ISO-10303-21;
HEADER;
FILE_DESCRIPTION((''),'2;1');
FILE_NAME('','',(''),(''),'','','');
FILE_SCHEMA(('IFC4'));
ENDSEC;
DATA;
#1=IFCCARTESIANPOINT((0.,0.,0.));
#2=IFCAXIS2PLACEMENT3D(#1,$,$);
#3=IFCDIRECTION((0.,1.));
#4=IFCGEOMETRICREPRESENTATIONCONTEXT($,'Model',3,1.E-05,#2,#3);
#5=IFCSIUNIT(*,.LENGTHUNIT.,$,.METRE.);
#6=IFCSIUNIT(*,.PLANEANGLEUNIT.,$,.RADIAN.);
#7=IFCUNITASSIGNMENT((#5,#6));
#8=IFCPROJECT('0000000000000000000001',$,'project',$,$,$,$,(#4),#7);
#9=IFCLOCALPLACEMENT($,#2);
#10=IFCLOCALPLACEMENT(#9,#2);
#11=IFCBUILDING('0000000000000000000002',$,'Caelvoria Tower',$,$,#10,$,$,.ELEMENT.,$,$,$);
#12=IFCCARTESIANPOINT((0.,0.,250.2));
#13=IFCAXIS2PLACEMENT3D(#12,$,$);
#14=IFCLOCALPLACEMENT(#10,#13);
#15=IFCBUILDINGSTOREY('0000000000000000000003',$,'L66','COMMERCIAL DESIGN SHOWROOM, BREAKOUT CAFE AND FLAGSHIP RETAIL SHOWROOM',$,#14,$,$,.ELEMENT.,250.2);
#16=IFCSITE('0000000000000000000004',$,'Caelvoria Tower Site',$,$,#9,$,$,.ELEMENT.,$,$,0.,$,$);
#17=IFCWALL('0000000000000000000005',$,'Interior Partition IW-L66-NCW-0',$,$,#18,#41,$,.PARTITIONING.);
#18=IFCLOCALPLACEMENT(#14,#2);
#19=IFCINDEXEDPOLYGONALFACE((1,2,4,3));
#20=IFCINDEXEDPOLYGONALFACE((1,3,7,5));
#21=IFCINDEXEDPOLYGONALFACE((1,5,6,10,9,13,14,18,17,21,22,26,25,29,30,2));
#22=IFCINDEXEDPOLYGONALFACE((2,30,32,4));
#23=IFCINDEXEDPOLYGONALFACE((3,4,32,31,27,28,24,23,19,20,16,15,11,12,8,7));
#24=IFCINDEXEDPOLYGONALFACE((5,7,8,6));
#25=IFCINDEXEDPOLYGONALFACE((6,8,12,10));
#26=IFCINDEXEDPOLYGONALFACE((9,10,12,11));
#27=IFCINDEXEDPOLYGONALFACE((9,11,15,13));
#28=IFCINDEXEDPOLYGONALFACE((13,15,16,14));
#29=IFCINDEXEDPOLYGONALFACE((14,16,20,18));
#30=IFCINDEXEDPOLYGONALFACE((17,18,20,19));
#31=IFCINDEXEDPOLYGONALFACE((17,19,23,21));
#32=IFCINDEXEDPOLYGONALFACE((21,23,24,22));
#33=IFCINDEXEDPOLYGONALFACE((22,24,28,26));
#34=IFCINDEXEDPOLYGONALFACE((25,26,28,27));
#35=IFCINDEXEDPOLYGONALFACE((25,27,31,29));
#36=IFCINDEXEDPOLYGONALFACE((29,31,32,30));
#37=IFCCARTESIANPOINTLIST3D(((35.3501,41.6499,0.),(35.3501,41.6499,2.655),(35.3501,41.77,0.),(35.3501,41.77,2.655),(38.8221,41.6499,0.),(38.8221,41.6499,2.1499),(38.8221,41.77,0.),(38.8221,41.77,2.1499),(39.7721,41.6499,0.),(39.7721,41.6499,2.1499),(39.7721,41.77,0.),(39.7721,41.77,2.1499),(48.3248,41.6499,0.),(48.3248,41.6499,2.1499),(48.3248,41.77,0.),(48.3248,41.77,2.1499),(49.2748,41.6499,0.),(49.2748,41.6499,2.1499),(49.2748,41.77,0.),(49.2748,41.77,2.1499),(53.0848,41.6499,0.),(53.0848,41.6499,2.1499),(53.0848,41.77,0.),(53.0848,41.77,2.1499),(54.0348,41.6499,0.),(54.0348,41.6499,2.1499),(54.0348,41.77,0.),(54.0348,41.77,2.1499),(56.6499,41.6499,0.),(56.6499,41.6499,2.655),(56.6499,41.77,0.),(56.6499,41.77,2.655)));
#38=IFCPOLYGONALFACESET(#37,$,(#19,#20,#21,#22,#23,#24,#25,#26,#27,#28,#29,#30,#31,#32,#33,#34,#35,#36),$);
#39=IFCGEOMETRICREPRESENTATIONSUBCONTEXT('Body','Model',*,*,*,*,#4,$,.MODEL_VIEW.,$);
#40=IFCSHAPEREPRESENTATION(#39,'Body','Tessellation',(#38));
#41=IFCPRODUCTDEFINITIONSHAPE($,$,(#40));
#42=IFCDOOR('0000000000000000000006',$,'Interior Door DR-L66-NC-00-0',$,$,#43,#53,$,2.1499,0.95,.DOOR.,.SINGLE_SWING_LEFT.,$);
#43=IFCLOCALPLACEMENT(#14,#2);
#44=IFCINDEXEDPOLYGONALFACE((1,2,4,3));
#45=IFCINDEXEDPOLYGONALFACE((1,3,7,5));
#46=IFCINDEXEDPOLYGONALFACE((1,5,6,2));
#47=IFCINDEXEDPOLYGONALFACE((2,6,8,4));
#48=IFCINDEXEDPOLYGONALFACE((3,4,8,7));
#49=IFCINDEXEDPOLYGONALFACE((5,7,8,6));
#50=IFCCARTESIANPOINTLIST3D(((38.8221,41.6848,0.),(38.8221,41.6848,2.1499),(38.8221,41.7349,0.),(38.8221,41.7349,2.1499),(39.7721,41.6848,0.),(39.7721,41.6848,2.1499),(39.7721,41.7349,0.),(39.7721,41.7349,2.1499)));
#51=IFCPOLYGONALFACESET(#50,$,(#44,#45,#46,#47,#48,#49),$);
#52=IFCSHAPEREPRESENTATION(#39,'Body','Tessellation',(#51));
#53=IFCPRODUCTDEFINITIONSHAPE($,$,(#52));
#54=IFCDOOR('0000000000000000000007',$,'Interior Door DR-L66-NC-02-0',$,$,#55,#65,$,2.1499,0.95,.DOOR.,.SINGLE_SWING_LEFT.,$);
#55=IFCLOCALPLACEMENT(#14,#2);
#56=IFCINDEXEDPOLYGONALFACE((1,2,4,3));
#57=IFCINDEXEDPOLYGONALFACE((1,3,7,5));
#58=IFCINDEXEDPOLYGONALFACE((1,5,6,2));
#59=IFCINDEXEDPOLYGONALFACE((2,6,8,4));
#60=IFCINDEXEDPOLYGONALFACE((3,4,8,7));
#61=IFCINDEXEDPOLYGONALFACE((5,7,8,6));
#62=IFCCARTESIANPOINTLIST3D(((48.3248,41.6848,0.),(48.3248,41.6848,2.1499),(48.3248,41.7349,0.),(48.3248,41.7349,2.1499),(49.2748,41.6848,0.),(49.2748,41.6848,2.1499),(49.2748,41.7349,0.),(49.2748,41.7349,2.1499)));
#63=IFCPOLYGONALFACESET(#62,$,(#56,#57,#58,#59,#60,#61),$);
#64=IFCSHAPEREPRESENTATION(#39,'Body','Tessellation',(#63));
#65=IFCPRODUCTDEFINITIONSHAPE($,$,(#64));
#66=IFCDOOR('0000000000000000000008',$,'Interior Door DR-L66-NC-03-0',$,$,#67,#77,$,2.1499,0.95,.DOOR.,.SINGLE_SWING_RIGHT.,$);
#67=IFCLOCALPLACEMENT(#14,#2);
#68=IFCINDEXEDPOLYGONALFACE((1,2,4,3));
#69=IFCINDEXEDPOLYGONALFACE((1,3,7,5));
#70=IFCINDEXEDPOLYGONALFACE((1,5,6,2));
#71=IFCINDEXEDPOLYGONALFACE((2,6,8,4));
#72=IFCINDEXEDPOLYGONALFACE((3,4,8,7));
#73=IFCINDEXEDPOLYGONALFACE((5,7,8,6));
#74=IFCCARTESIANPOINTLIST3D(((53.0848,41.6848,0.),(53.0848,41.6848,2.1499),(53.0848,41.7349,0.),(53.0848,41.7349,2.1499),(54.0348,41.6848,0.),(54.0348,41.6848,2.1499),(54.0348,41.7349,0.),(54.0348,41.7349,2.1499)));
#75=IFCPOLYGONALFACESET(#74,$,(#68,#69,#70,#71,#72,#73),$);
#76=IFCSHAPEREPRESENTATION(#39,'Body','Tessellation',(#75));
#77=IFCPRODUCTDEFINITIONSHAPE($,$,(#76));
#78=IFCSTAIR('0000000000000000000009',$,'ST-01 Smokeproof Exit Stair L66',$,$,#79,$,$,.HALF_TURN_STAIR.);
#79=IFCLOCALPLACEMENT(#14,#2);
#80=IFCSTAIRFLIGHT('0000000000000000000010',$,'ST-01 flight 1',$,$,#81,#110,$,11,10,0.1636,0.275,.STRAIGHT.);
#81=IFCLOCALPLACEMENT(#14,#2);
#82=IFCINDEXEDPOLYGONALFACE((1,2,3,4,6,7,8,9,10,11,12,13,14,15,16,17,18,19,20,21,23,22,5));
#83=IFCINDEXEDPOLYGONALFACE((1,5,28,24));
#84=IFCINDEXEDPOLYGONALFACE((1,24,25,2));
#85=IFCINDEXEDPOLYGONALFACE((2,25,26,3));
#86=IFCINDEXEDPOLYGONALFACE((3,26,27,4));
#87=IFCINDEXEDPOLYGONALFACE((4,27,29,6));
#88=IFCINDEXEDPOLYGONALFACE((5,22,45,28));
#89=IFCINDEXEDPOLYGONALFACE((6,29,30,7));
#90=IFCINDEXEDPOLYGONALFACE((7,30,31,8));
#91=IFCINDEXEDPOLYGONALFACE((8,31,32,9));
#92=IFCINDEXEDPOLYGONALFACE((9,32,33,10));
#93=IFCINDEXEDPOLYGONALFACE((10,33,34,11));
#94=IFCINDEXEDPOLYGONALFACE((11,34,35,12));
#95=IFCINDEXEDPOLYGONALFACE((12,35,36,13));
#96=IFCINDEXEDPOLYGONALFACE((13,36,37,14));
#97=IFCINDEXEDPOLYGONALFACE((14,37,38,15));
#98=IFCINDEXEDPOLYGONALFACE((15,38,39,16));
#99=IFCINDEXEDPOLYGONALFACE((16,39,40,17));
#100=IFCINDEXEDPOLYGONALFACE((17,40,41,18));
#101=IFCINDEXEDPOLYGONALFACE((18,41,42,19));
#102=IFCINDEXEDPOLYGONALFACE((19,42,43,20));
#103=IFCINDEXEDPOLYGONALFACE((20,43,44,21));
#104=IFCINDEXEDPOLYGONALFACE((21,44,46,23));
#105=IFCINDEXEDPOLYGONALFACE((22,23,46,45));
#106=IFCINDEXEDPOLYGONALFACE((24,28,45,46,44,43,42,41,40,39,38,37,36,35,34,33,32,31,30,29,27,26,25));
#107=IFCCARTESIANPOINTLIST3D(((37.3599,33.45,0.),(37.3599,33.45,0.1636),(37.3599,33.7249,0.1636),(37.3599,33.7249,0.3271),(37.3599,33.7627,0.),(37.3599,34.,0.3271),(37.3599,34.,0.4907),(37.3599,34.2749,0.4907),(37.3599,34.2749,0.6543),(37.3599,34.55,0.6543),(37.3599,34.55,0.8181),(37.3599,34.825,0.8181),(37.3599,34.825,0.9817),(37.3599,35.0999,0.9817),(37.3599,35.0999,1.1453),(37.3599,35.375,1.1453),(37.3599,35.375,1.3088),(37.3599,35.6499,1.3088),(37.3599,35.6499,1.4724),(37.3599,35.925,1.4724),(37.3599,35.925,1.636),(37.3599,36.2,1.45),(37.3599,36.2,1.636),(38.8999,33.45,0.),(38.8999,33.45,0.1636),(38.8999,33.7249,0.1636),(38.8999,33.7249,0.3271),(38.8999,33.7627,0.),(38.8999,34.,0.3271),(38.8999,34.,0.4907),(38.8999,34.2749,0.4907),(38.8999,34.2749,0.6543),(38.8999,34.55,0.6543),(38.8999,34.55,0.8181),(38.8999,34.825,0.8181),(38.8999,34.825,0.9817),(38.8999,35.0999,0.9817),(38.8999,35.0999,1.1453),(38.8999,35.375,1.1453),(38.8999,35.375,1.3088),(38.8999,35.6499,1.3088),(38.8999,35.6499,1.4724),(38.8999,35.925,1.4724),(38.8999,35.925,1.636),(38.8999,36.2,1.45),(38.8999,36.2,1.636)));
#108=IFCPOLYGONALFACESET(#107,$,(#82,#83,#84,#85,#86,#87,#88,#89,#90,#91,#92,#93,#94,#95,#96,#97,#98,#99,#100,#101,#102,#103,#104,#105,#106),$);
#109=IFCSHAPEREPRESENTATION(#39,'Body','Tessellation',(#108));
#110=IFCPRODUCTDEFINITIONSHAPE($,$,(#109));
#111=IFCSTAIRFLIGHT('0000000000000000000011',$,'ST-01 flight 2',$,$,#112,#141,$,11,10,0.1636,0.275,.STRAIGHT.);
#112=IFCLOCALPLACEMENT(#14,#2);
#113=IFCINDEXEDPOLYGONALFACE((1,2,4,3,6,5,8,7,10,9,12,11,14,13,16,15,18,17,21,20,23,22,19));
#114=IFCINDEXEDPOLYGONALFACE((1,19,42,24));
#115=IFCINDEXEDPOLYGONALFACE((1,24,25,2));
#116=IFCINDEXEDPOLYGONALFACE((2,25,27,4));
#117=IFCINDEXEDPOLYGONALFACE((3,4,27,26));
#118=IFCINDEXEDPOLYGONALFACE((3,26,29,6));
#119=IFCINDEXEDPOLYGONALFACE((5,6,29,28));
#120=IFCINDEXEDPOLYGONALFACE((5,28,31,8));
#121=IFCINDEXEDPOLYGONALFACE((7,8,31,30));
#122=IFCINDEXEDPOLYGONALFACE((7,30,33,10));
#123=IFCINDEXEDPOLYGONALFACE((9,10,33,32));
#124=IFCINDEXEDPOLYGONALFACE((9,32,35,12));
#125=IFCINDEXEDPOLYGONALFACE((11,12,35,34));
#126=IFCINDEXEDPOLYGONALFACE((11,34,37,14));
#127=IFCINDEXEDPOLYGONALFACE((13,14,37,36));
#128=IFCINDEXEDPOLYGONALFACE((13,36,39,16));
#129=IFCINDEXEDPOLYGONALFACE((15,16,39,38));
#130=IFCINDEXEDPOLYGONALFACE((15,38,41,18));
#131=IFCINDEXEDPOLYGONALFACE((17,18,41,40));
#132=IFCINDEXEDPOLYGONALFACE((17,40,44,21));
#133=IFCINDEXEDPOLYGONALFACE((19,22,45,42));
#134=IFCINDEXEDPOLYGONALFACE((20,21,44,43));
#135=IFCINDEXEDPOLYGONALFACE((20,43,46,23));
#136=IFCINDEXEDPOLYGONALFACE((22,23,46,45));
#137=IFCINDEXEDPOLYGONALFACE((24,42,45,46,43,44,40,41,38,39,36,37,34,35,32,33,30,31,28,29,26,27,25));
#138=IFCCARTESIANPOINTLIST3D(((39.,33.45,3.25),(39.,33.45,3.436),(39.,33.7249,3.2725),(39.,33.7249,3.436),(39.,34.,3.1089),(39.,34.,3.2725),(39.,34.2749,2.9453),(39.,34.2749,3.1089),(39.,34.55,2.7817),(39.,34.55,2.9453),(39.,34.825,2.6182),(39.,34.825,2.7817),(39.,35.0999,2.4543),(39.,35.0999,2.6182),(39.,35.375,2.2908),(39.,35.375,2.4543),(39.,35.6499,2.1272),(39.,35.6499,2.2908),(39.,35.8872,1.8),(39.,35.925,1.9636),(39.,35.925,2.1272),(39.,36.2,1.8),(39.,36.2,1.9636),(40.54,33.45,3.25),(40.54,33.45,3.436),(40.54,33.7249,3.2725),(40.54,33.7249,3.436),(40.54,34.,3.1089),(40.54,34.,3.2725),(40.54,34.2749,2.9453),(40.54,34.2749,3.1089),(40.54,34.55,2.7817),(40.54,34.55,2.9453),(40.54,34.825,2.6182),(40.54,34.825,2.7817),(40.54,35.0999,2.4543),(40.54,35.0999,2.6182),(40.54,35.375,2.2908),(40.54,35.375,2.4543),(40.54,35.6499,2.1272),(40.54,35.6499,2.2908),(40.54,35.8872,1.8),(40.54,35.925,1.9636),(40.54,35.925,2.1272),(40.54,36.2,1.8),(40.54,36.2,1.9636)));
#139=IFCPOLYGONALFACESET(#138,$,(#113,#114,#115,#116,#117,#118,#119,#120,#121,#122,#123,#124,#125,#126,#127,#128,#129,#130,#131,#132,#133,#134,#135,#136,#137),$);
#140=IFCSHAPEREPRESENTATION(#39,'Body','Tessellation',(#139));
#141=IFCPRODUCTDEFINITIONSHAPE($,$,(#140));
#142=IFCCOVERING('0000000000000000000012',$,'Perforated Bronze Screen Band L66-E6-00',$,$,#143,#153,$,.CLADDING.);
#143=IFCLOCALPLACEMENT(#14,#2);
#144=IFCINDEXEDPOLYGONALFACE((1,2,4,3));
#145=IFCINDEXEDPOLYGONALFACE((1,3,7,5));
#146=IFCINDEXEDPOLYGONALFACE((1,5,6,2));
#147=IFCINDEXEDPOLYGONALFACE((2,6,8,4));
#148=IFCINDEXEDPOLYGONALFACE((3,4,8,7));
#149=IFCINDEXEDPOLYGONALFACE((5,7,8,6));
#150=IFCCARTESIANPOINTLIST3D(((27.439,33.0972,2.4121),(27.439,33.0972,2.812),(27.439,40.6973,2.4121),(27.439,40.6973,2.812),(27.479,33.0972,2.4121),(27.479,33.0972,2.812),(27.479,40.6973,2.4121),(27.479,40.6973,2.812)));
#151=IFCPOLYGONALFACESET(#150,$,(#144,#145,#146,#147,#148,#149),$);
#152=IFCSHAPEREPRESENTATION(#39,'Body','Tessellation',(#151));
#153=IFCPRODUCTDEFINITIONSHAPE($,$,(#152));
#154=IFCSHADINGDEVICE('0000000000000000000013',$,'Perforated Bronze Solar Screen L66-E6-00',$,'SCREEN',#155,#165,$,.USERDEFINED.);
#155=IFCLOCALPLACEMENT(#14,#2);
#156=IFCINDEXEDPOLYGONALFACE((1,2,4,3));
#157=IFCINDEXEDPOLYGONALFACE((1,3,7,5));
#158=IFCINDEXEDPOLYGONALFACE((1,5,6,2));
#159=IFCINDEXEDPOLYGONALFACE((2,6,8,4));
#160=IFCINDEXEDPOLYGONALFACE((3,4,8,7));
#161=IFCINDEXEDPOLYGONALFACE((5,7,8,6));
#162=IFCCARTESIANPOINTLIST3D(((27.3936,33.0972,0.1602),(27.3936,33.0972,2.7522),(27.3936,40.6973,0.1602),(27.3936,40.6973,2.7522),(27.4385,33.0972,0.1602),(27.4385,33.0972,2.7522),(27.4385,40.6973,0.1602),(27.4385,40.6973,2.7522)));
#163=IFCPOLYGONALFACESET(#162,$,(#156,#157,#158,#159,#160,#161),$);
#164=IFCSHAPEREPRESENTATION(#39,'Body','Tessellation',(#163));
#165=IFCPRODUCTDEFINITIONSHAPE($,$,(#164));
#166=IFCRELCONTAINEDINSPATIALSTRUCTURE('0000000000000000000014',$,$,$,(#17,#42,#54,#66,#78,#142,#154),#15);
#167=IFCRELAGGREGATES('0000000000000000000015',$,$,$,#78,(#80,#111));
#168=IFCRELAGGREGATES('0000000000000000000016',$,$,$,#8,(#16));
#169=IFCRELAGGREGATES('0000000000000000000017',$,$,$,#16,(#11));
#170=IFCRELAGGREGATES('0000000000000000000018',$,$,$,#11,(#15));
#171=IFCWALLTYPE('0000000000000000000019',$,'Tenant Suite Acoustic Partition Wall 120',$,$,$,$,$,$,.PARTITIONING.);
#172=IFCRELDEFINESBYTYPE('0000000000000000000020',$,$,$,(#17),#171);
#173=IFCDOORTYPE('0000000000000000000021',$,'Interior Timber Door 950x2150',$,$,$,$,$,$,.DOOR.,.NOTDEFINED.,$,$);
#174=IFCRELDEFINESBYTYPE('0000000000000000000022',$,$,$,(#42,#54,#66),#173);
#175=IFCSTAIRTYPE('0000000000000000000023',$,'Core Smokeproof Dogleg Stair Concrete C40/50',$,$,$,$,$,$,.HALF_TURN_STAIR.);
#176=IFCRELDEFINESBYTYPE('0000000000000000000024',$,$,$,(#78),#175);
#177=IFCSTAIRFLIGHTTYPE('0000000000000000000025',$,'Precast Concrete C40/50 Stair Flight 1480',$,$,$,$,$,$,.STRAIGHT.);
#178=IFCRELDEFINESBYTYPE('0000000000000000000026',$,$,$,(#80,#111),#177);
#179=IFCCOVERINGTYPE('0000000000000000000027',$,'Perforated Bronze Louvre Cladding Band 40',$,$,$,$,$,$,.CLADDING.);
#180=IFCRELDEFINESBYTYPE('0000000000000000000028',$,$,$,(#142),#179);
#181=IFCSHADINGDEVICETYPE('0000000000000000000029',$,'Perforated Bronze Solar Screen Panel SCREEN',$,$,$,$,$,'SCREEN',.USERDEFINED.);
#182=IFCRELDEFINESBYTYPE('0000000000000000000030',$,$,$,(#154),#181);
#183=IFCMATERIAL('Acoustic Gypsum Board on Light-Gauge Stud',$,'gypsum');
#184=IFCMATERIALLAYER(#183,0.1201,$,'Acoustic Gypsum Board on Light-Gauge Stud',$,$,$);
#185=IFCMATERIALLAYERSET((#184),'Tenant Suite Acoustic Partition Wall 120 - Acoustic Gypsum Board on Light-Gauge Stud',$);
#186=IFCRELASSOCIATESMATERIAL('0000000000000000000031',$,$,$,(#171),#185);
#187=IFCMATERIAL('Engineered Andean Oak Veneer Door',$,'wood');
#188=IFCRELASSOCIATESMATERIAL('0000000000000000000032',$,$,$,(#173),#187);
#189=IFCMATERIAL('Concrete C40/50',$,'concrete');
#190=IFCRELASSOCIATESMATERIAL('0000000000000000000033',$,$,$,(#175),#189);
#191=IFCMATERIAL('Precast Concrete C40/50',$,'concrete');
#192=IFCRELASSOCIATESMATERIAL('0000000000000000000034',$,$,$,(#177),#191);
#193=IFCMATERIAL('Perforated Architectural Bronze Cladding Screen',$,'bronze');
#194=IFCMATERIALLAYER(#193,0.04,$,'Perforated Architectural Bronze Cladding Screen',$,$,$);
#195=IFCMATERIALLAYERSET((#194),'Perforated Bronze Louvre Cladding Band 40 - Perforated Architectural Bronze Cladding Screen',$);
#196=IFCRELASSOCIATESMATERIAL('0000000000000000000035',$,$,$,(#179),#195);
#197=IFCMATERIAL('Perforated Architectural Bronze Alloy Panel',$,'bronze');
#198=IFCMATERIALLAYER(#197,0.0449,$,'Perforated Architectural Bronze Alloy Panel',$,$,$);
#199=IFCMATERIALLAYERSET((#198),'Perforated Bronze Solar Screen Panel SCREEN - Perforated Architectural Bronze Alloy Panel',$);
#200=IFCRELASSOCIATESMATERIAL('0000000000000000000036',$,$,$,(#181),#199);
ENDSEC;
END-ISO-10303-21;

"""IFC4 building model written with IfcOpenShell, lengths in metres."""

from ifc_helpers import new_model, si_unit, direction, frame, frame_2d, origin, origin_2d, place, context, subcontext, project, spatial, polyline, rectangle, outline, extrude, material, layer, layer_set, type_object, element, fill, aggregate, save


model = new_model("IFC4")

# Units and contexts
model_context = context("Model", 3, precision=1e-05, world=origin(), true_north=direction((0.0, 1.0)))
body_context = subcontext(model_context, "Body", "Model", "MODEL_VIEW")
ifc_project = project(units=[si_unit("LENGTHUNIT", "METRE"), si_unit("PLANEANGLEUNIT", "RADIAN")], contexts=[model_context])

# Site, building, storey
site_placement = place(None, origin())
site = spatial("IfcSite", under=ifc_project, at=site_placement, Name="Caelvoria Tower Site", CompositionType="ELEMENT", RefElevation=0.0)
building_placement = place(site_placement, origin())
building = spatial("IfcBuilding", under=site, at=building_placement, Name="Caelvoria Tower", CompositionType="ELEMENT")
storey_placement = place(building_placement, frame((0.0, 0.0, 250.2)))
storey = spatial("IfcBuildingStorey", under=building, at=storey_placement, Name="L66", Description="COMMERCIAL DESIGN SHOWROOM, BREAKOUT CAFE AND FLAGSHIP RETAIL SHOWROOM", CompositionType="ELEMENT", Elevation=250.2)

# Wall, openings, doors
ifc_material_1 = material(Name="Acoustic Gypsum Board on Light-Gauge Stud", Category="gypsum")
ifc_layer_1 = layer(ifc_material_1, 0.1201, Name="Acoustic Gypsum Board on Light-Gauge Stud")
ifc_layer_set_1 = layer_set([ifc_layer_1], Name="Tenant Suite Acoustic Partition Wall 120 - Acoustic Gypsum Board on Light-Gauge Stud")
wall_type_1 = type_object("IfcWallType", Name="Tenant Suite Acoustic Partition Wall 120", PredefinedType="PARTITIONING", material=ifc_layer_set_1)
wall_1_placement = place(storey_placement, frame((35.3501, 41.71, 0.0), z_axis=(0.0, 0.0, 1.0), x_axis=(1.0, 0.0, 0.0)))
wall_1 = element("IfcWall", 1, at=wall_1_placement, inside=storey, type_object=wall_type_1, Name="Interior Partition IW-L66-NCW-0", PredefinedType="PARTITIONING", context=body_context, shape_type="SweptSolid", body=[
    extrude(rectangle(XDim=21.2998, YDim=0.1201, at=frame_2d((10.6499, 0.0))), origin(), (0.0, 0.0, 1.0), 2.655),
])
opening_1_placement = place(wall_1_placement, frame((3.4719, 0.0, 0.0)))
opening_1 = element("IfcOpeningElement", 2, at=opening_1_placement, cuts=wall_1, PredefinedType="OPENING", context=body_context, shape_type="SweptSolid", body=[
    extrude(rectangle(XDim=0.95, YDim=2.1499, at=frame_2d((0.4751, 1.075))), frame((0.0, 0.0701, 0.0), z_axis=(0.0, -1.0, 0.0), x_axis=(1.0, 0.0, 0.0)), (0.0, 0.0, 1.0), 0.1401),
])
opening_2_placement = place(wall_1_placement, frame((12.9746, 0.0, 0.0)))
opening_2 = element("IfcOpeningElement", 3, at=opening_2_placement, cuts=wall_1, PredefinedType="OPENING", context=body_context, shape_type="SweptSolid", body=[
    extrude(rectangle(XDim=0.95, YDim=2.1499, at=frame_2d((0.4751, 1.075))), frame((0.0, 0.0701, 0.0), z_axis=(0.0, -1.0, 0.0), x_axis=(1.0, 0.0, 0.0)), (0.0, 0.0, 1.0), 0.1401),
])
opening_3_placement = place(wall_1_placement, frame((17.7346, 0.0, 0.0)))
opening_3 = element("IfcOpeningElement", 4, at=opening_3_placement, cuts=wall_1, PredefinedType="OPENING", context=body_context, shape_type="SweptSolid", body=[
    extrude(rectangle(XDim=0.95, YDim=2.1499, at=frame_2d((0.4751, 1.075))), frame((0.0, 0.0701, 0.0), z_axis=(0.0, -1.0, 0.0), x_axis=(1.0, 0.0, 0.0)), (0.0, 0.0, 1.0), 0.1401),
])
ifc_material_2 = material(Name="Engineered Andean Oak Veneer Door", Category="wood")
door_type_1 = type_object("IfcDoorType", Name="Interior Timber Door 950x2150", OperationType="NOTDEFINED", PredefinedType="DOOR", material=ifc_material_2)
door_1_placement = place(opening_1_placement, origin())
door_1 = element("IfcDoor", 5, at=door_1_placement, inside=storey, type_object=door_type_1, Name="Interior Door DR-L66-NC-00-0", OperationType="SINGLE_SWING_LEFT", OverallHeight=2.1499, OverallWidth=0.95, PredefinedType="DOOR", context=body_context, shape_type="SweptSolid", body=[
    extrude(rectangle(XDim=0.95, YDim=2.1499, at=frame_2d((0.4751, 1.075))), frame((0.0, 0.0249, 0.0), z_axis=(0.0, -1.0, 0.0), x_axis=(1.0, 0.0, 0.0)), (0.0, 0.0, 1.0), 0.05),
])
fill(opening_1, door_1)
door_2_placement = place(opening_2_placement, origin())
door_2 = element("IfcDoor", 6, at=door_2_placement, inside=storey, type_object=door_type_1, Name="Interior Door DR-L66-NC-02-0", OperationType="SINGLE_SWING_LEFT", OverallHeight=2.1499, OverallWidth=0.95, PredefinedType="DOOR", context=body_context, shape_type="SweptSolid", body=[
    extrude(rectangle(XDim=0.95, YDim=2.1499, at=frame_2d((0.4751, 1.075))), frame((0.0, 0.0249, 0.0), z_axis=(0.0, -1.0, 0.0), x_axis=(1.0, 0.0, 0.0)), (0.0, 0.0, 1.0), 0.05),
])
fill(opening_2, door_2)
door_3_placement = place(opening_3_placement, origin())
door_3 = element("IfcDoor", 7, at=door_3_placement, inside=storey, type_object=door_type_1, Name="Interior Door DR-L66-NC-03-0", OperationType="SINGLE_SWING_RIGHT", OverallHeight=2.1499, OverallWidth=0.95, PredefinedType="DOOR", context=body_context, shape_type="SweptSolid", body=[
    extrude(rectangle(XDim=0.95, YDim=2.1499, at=frame_2d((0.4751, 1.075))), frame((0.0, 0.0249, 0.0), z_axis=(0.0, -1.0, 0.0), x_axis=(1.0, 0.0, 0.0)), (0.0, 0.0, 1.0), 0.05),
])
fill(opening_3, door_3)

# Stair, stair flights
ifc_material_3 = material(Name="Concrete C40/50", Category="concrete")
stair_type = type_object("IfcStairType", Name="Core Smokeproof Dogleg Stair Concrete C40/50", PredefinedType="HALF_TURN_STAIR", material=ifc_material_3)
stair_placement = place(storey_placement, origin())
stair = element("IfcStair", 8, at=stair_placement, inside=storey, type_object=stair_type, Name="ST-01 Smokeproof Exit Stair L66", PredefinedType="HALF_TURN_STAIR")
ifc_material_4 = material(Name="Precast Concrete C40/50", Category="concrete")
stair_flight_type = type_object("IfcStairFlightType", Name="Precast Concrete C40/50 Stair Flight 1480", PredefinedType="STRAIGHT", material=ifc_material_4)
stair_flight_1_placement = place(storey_placement, frame((38.1299, 33.45, 0.0), z_axis=(0.0, 0.0, 1.0), x_axis=(0.0, 1.0, 0.0)))
stair_flight_1 = element("IfcStairFlight", 9, at=stair_flight_1_placement, type_object=stair_flight_type, Name="ST-01 flight 1", NumberOfRisers=11, NumberOfTreads=10, PredefinedType="STRAIGHT", RiserHeight=0.1636, TreadLength=0.275, context=body_context, shape_type="SweptSolid", body=[
    extrude(outline(polyline([(0.0, 0.0), (0.0, 0.1636), (0.2749, 0.1636), (0.2749, 0.3271), (0.55, 0.3271), (0.55, 0.4907), (0.825, 0.4907), (0.825, 0.6543), (1.1001, 0.6543), (1.1001, 0.8181), (1.375, 0.8181), (1.375, 0.9817), (1.6499, 0.9817), (1.6499, 1.1453), (1.925, 1.1453), (1.925, 1.3088), (2.2, 1.3088), (2.2, 1.4724), (2.4751, 1.4724), (2.4751, 1.636), (2.75, 1.636), (2.75, 1.7996), (2.75, 1.45), (0.3127, 0.0), (0.0, 0.0)])), frame((0.0, 0.77, 0.0), z_axis=(0.0, -1.0, 0.0), x_axis=(1.0, 0.0, 0.0)), (0.0, 0.0, 1.0), 1.54),
])
stair_flight_2_placement = place(storey_placement, frame((39.77, 36.2, 1.8), z_axis=(0.0, 0.0, 1.0), x_axis=(0.0, -1.0, 0.0)))
stair_flight_2 = element("IfcStairFlight", 10, at=stair_flight_2_placement, type_object=stair_flight_type, Name="ST-01 flight 2", NumberOfRisers=11, NumberOfTreads=10, PredefinedType="STRAIGHT", RiserHeight=0.1636, TreadLength=0.275, context=body_context, shape_type="SweptSolid", body=[
    extrude(outline(polyline([(0.0, 0.0), (0.0, 0.1636), (0.2749, 0.1636), (0.2749, 0.3271), (0.55, 0.3271), (0.55, 0.4907), (0.825, 0.4907), (0.825, 0.6543), (1.1001, 0.6543), (1.1001, 0.8181), (1.375, 0.8181), (1.375, 0.9817), (1.6499, 0.9817), (1.6499, 1.1453), (1.925, 1.1453), (1.925, 1.3088), (2.2, 1.3088), (2.2, 1.4724), (2.4751, 1.4724), (2.4751, 1.636), (2.75, 1.636), (2.75, 1.7996), (2.75, 1.45), (0.3127, 0.0), (0.0, 0.0)])), frame((0.0, 0.77, 0.0), z_axis=(0.0, -1.0, 0.0), x_axis=(1.0, 0.0, 0.0)), (0.0, 0.0, 1.0), 1.54),
])
aggregate(stair, [stair_flight_1, stair_flight_2])

# Covering
ifc_material_5 = material(Name="Perforated Architectural Bronze Cladding Screen", Category="bronze")
ifc_layer_2 = layer(ifc_material_5, 0.04, Name="Perforated Architectural Bronze Cladding Screen")
ifc_layer_set_2 = layer_set([ifc_layer_2], Name="Perforated Bronze Louvre Cladding Band 40 - Perforated Architectural Bronze Cladding Screen")
covering_type = type_object("IfcCoveringType", Name="Perforated Bronze Louvre Cladding Band 40", PredefinedType="CLADDING", material=ifc_layer_set_2)
covering_placement = place(storey_placement, frame((27.459, 36.8972, 2.4121), z_axis=(0.0, 0.0, 1.0), x_axis=(0.0, -1.0, 0.0)))
element("IfcCovering", 11, at=covering_placement, inside=storey, type_object=covering_type, Name="Perforated Bronze Screen Band L66-E6-00", PredefinedType="CLADDING", context=body_context, shape_type="SweptSolid", body=[
    extrude(rectangle(XDim=7.6001, YDim=0.04, at=origin_2d()), origin(), (0.0, 0.0, 1.0), 0.3999),
])

# Shading device
ifc_material_6 = material(Name="Perforated Architectural Bronze Alloy Panel", Category="bronze")
ifc_layer_3 = layer(ifc_material_6, 0.0449, Name="Perforated Architectural Bronze Alloy Panel")
ifc_layer_set_3 = layer_set([ifc_layer_3], Name="Perforated Bronze Solar Screen Panel SCREEN - Perforated Architectural Bronze Alloy Panel")
shading_device_type = type_object("IfcShadingDeviceType", Name="Perforated Bronze Solar Screen Panel SCREEN", ElementType="SCREEN", PredefinedType="USERDEFINED", material=ifc_layer_set_3)
shading_device_placement = place(storey_placement, frame((27.416, 36.8972, 0.1602), z_axis=(0.0, 0.0, 1.0), x_axis=(0.0, -1.0, 0.0)))
element("IfcShadingDevice", 12, at=shading_device_placement, inside=storey, type_object=shading_device_type, Name="Perforated Bronze Solar Screen L66-E6-00", ObjectType="SCREEN", PredefinedType="USERDEFINED", context=body_context, shape_type="SweptSolid", body=[
    extrude(rectangle(XDim=7.6001, YDim=0.0449, at=origin_2d()), origin(), (0.0, 0.0, 1.0), 2.592),
])

save(model, "model.ifc")
